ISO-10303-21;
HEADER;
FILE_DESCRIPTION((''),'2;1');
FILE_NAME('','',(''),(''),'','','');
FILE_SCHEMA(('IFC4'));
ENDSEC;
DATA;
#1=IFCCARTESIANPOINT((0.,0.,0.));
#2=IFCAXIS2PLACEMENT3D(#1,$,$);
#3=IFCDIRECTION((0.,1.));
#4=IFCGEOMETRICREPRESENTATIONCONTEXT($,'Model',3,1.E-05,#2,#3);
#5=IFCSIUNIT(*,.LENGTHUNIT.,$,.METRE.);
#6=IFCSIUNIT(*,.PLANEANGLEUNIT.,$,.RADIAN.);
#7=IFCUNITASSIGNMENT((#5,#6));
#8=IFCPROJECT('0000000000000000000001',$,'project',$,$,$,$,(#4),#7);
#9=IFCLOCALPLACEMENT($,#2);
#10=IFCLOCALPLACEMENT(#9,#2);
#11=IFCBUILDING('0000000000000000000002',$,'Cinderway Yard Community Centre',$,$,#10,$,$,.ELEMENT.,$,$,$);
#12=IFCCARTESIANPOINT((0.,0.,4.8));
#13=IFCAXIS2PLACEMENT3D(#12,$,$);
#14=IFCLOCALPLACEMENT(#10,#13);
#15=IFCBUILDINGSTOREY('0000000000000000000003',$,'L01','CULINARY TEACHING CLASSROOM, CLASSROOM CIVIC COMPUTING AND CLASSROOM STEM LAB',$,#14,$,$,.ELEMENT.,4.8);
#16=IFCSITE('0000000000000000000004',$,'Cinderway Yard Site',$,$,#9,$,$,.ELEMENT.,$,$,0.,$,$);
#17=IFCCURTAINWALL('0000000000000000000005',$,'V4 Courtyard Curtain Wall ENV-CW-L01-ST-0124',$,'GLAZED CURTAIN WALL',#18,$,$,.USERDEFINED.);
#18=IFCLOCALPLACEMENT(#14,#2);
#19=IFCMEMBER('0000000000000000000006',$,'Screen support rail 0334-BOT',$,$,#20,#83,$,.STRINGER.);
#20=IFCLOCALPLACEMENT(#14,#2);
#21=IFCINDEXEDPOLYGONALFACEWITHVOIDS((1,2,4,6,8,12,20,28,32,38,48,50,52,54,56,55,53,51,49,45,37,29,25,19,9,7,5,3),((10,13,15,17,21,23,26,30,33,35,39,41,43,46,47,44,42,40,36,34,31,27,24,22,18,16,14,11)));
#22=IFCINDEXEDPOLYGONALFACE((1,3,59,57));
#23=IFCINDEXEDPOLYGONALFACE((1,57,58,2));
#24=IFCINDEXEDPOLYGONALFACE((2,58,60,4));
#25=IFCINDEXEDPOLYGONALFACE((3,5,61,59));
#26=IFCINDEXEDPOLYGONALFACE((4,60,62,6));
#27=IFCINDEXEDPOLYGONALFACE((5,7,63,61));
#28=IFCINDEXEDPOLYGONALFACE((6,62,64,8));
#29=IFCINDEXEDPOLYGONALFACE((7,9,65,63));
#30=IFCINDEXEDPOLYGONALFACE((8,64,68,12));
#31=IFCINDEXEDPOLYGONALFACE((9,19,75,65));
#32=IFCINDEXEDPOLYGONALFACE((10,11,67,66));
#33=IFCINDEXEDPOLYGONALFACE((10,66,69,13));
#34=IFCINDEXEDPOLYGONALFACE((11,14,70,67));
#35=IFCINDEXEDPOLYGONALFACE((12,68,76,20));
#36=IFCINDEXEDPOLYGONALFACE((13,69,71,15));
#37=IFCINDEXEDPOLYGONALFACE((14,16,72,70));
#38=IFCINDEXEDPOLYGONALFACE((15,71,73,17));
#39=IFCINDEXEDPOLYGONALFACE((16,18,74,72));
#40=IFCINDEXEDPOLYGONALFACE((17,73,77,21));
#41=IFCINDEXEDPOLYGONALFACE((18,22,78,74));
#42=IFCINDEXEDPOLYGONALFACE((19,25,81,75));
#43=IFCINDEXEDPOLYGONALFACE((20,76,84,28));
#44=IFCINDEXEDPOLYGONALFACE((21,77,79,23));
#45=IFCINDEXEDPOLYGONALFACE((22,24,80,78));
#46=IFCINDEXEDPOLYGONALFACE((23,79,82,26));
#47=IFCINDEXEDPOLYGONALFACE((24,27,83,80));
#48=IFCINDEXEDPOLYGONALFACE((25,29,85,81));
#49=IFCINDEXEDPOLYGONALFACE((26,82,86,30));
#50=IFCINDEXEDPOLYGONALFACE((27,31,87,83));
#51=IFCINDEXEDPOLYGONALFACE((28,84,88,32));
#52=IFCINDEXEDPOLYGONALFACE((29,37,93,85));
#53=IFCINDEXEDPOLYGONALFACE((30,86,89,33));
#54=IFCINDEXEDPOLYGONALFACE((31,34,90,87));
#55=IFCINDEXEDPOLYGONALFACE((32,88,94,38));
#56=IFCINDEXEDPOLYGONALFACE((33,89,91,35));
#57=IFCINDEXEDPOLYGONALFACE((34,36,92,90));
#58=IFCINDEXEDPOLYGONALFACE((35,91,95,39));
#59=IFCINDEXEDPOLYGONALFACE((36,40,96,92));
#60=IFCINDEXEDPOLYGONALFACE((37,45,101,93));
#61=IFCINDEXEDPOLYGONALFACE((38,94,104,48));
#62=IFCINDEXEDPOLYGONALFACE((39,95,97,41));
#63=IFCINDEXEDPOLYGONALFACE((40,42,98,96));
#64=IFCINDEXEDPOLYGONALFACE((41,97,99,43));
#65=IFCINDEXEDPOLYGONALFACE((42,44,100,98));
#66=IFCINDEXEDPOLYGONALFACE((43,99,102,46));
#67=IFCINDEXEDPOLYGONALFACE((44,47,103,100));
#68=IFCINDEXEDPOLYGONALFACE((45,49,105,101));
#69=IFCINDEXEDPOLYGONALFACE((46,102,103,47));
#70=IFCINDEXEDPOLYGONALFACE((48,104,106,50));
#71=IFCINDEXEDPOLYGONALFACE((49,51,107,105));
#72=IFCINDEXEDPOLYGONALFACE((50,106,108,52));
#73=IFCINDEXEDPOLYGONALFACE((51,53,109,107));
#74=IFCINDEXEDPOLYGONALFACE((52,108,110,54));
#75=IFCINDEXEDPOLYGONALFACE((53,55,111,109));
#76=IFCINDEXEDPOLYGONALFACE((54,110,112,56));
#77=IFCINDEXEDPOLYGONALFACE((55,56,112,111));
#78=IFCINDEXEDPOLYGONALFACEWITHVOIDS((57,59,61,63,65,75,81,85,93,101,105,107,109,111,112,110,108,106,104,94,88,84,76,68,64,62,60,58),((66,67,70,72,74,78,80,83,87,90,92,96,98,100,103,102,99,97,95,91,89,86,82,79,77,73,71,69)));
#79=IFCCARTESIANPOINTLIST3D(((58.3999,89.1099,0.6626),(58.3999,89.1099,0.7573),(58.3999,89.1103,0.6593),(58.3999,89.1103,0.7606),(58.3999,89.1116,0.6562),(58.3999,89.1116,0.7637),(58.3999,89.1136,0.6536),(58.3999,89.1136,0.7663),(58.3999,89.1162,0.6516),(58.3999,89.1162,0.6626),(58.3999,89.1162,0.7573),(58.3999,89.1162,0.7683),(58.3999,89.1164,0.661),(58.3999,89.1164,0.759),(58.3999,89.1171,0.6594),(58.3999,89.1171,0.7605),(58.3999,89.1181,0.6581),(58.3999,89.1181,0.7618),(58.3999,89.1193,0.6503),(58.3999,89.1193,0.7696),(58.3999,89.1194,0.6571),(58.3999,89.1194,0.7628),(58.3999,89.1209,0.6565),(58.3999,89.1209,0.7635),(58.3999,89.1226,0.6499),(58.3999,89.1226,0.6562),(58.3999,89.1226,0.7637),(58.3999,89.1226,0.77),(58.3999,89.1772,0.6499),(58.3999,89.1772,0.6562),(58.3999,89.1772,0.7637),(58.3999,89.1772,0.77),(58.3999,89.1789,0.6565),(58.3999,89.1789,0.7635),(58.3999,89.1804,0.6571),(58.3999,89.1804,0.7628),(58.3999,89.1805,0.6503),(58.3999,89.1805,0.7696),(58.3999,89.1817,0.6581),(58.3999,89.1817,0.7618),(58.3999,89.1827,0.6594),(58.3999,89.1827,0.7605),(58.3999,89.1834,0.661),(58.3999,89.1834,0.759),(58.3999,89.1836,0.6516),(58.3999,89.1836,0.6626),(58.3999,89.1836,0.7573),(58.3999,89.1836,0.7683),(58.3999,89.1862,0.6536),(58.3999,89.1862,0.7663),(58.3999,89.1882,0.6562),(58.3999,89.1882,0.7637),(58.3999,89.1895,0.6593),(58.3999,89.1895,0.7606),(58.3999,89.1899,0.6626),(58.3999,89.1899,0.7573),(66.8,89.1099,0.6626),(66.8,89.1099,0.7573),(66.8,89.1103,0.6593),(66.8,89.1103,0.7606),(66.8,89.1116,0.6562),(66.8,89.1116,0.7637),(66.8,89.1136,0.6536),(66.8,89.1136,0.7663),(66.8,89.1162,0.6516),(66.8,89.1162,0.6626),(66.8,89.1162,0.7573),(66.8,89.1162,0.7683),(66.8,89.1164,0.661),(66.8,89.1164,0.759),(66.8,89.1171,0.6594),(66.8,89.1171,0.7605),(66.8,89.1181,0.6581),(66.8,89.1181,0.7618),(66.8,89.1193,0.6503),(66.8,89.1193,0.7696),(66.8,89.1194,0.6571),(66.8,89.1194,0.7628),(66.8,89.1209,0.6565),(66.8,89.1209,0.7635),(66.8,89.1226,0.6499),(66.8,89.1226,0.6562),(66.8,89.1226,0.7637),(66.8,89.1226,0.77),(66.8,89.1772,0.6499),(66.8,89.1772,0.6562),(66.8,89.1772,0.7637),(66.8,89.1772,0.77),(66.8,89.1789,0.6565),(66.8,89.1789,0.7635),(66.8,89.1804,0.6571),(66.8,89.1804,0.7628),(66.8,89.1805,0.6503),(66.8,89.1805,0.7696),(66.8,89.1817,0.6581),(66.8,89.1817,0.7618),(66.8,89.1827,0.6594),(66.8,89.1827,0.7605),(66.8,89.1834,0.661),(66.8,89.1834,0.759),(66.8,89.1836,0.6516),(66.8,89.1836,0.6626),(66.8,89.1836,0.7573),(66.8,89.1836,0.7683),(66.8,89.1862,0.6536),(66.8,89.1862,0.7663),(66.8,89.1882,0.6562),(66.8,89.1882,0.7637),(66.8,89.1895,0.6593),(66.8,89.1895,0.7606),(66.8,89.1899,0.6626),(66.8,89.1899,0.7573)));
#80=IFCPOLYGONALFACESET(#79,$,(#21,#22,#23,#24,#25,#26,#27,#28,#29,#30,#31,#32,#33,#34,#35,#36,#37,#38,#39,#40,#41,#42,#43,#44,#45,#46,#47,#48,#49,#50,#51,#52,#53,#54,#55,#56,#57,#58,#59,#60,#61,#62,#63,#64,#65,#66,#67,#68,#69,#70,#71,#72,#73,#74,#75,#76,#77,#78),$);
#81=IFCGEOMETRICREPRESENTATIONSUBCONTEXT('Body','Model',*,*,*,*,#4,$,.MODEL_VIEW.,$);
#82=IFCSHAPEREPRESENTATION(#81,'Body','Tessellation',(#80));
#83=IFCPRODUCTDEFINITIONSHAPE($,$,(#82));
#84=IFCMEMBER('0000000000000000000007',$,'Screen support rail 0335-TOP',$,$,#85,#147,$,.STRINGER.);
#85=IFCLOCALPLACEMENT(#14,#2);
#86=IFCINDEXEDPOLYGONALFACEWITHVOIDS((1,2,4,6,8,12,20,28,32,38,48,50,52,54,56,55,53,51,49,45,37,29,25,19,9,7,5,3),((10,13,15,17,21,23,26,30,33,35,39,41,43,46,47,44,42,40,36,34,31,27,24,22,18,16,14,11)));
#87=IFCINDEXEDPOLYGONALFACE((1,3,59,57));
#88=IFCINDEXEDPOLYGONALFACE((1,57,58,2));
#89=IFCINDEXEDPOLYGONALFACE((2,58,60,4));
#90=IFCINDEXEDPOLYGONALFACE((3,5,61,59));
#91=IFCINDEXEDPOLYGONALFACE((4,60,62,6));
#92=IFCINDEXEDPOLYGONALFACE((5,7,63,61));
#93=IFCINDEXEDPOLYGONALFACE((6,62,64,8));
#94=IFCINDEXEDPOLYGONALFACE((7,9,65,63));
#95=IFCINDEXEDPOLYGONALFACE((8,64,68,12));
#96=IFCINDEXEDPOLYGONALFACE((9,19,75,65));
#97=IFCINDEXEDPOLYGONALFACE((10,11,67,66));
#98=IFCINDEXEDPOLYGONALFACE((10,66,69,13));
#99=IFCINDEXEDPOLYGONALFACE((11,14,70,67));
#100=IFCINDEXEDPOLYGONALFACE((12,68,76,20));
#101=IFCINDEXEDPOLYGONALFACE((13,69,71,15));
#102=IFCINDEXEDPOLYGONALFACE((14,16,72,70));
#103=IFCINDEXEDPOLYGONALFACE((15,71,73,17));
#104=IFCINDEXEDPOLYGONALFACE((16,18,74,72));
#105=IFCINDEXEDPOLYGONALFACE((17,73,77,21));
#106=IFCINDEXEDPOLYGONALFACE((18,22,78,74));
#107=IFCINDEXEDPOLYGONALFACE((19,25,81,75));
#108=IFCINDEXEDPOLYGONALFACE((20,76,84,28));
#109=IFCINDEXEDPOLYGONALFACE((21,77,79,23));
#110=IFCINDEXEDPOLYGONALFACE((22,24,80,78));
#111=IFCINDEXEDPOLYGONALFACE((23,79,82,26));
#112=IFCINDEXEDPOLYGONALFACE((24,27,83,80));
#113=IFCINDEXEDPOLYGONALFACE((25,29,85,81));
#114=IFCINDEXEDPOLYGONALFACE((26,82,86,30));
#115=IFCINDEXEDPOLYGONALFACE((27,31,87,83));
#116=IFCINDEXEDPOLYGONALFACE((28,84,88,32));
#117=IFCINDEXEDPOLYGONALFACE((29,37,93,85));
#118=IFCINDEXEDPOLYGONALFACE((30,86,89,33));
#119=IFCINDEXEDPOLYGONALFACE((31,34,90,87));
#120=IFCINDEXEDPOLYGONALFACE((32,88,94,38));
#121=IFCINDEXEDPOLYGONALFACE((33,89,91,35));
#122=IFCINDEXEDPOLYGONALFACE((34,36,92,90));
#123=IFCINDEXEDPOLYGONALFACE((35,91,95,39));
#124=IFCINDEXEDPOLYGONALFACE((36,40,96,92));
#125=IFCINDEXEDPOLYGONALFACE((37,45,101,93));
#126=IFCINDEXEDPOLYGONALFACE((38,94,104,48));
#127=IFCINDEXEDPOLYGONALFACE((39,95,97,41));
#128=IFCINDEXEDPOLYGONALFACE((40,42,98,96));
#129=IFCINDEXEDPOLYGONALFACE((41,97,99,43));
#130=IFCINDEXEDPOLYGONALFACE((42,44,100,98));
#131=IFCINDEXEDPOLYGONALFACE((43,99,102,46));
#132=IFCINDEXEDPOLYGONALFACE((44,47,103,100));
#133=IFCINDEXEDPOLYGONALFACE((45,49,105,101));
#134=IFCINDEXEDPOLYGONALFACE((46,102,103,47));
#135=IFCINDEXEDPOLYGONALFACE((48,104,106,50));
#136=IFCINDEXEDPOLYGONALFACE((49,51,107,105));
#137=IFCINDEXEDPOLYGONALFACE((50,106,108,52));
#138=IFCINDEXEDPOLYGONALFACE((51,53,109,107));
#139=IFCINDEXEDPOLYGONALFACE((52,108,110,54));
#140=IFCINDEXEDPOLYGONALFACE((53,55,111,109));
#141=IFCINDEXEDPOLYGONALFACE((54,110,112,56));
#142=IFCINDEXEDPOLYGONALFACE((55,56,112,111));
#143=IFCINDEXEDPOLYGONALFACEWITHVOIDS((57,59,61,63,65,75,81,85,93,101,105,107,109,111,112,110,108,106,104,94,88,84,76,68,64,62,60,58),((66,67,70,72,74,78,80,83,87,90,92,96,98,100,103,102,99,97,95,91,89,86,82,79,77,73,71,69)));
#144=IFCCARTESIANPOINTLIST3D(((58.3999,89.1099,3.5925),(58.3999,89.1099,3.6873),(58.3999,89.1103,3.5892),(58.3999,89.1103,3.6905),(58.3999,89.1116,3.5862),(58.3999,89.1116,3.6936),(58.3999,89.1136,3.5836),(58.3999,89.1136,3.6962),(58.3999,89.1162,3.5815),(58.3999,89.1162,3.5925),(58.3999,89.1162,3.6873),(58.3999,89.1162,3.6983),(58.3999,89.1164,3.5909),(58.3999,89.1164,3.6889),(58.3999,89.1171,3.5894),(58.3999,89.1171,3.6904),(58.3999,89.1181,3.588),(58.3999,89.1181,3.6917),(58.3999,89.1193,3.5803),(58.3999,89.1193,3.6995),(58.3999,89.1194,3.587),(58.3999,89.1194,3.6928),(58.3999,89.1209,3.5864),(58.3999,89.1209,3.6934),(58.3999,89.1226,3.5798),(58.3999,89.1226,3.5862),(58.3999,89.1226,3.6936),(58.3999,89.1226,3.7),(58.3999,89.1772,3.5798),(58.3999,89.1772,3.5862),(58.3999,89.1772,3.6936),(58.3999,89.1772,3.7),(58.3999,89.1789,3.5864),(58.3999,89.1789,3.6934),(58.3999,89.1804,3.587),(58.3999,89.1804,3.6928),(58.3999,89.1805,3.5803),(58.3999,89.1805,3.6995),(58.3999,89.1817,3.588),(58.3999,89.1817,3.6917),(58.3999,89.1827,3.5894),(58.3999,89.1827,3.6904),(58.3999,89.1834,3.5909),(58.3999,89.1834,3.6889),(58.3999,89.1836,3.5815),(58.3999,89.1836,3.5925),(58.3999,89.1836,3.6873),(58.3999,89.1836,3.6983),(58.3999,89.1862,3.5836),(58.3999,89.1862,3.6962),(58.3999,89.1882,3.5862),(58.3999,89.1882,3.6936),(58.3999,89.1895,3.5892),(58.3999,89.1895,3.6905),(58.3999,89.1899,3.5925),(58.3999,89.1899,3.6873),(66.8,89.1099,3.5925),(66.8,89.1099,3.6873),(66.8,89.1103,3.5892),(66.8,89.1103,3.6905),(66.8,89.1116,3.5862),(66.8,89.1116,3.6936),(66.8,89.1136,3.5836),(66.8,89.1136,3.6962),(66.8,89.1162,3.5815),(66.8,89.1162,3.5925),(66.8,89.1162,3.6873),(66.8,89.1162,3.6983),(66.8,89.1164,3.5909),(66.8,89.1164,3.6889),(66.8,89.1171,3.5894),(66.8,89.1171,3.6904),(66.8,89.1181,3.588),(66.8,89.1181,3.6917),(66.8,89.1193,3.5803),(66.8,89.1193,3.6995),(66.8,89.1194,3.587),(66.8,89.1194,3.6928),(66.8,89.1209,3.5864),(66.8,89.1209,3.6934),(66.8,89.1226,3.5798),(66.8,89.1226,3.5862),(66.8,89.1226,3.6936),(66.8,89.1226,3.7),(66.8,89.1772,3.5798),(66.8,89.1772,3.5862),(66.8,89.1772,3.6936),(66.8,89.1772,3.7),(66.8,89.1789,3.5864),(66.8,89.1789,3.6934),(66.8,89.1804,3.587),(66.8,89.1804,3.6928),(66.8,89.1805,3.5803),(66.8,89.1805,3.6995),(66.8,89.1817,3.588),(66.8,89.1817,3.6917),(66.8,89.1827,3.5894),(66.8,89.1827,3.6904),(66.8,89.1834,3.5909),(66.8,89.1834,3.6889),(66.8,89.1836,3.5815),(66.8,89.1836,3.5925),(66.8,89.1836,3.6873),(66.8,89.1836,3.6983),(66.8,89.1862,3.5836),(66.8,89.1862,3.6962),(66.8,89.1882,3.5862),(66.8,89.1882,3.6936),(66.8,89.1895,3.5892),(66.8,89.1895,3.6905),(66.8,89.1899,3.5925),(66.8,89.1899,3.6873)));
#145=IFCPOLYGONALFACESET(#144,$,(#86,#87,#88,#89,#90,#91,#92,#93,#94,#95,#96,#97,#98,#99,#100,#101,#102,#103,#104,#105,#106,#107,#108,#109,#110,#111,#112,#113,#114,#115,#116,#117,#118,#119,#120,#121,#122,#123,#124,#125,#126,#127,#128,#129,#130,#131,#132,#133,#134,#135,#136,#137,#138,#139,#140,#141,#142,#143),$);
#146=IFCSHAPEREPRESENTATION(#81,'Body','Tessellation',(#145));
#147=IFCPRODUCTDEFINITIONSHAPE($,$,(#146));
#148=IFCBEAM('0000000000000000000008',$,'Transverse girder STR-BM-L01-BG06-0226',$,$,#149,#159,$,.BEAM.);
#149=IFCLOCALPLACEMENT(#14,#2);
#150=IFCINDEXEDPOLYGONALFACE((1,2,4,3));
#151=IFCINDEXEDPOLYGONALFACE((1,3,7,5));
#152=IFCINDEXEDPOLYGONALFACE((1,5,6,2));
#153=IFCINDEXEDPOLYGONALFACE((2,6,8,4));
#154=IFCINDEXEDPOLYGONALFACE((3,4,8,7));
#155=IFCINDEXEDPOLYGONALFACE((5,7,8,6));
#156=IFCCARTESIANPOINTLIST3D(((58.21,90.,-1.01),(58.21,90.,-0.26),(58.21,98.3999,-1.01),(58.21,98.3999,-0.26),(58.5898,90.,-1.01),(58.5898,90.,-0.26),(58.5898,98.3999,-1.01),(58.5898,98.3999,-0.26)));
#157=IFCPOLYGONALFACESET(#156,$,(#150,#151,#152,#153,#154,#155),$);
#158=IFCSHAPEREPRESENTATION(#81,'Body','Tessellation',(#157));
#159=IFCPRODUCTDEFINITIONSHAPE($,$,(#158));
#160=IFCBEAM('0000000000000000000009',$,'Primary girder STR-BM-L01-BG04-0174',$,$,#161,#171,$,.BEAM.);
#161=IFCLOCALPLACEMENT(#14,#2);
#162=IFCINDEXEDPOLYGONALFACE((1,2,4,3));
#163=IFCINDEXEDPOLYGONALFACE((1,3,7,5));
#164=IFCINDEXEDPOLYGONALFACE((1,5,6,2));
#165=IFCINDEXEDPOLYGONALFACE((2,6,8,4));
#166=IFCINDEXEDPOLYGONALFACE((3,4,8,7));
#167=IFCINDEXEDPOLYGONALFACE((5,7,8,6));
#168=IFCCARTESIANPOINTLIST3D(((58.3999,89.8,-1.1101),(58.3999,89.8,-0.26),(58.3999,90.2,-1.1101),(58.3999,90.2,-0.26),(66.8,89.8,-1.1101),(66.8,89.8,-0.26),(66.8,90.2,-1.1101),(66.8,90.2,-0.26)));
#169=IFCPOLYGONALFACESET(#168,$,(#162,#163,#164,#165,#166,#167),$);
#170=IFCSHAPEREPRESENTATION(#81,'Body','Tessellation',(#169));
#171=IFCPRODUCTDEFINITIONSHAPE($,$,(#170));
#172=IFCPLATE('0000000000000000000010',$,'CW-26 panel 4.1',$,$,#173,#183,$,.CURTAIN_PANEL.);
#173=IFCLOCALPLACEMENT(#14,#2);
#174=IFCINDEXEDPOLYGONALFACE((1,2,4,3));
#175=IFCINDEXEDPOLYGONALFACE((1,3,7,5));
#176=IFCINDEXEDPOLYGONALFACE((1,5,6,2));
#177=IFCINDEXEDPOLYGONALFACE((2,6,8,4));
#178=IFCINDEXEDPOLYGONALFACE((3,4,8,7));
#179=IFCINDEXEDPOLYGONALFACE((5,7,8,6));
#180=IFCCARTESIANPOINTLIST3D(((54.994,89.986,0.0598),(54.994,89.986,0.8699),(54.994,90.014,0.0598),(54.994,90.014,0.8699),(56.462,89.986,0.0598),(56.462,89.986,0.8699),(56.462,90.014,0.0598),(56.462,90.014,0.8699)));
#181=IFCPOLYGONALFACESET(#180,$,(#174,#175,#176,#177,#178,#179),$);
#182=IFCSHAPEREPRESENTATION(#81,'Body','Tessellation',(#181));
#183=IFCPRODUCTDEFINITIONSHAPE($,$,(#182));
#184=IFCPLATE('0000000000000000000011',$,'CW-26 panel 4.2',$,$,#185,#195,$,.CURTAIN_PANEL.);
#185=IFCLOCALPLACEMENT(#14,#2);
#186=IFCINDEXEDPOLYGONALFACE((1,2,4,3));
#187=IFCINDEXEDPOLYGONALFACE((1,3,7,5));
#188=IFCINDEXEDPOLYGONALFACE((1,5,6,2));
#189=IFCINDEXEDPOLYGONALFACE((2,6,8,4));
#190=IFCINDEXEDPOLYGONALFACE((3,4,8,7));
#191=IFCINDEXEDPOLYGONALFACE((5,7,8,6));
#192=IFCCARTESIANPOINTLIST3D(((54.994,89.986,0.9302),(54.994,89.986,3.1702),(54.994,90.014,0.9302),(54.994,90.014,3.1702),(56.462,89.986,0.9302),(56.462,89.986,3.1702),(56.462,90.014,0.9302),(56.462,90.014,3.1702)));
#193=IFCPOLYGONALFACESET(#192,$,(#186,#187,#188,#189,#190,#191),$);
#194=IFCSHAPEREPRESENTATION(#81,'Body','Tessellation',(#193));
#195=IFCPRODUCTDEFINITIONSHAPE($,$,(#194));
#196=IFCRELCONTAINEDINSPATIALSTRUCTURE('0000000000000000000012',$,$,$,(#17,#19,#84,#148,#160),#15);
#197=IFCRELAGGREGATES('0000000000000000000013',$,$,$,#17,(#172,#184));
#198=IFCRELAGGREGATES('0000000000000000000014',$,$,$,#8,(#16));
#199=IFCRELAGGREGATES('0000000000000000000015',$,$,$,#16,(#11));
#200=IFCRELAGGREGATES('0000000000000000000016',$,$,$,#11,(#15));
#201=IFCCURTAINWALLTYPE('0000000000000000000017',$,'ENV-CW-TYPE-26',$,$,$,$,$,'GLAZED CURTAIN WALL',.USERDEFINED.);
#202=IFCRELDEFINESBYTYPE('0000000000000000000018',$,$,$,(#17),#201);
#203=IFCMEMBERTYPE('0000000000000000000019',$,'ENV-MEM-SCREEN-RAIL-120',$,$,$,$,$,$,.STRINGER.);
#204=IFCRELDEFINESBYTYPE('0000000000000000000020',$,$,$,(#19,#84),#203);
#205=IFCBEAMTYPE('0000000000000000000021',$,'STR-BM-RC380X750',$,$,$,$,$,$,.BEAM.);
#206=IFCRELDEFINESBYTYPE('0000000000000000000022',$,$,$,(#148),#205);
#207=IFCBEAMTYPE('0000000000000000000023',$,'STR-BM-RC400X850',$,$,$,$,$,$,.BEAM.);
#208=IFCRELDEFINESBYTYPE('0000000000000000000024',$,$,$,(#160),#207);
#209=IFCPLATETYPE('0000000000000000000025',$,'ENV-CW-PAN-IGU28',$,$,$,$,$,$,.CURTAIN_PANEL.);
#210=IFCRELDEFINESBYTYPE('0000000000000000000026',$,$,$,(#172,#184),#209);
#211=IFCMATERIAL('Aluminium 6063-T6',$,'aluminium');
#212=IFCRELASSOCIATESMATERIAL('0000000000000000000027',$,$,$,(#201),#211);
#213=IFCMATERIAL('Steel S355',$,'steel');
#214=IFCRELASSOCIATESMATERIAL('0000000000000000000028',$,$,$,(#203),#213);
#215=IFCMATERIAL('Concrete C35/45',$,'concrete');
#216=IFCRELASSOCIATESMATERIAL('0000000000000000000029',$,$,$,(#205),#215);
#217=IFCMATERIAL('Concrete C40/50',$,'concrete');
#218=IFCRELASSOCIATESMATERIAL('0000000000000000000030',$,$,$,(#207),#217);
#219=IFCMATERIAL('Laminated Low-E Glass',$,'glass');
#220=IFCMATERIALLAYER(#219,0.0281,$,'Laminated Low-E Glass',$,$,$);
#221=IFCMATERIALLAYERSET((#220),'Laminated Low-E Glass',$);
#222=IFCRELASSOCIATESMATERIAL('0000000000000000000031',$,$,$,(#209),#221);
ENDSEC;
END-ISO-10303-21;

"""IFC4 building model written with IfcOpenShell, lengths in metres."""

from ifc_helpers import new_model, si_unit, direction, frame, origin, origin_2d, place, context, subcontext, project, spatial, rectangle, hollow_rectangle, extrude, material, layer, layer_set, material_profile, profile_set, type_object, element, aggregate, save


model = new_model("IFC4")

# Units and contexts
model_context = context("Model", 3, precision=1e-05, world=origin(), true_north=direction((0.0, 1.0)))
body_context = subcontext(model_context, "Body", "Model", "MODEL_VIEW")
ifc_project = project(units=[si_unit("LENGTHUNIT", "METRE"), si_unit("PLANEANGLEUNIT", "RADIAN")], contexts=[model_context])

# Site, building, storey
site_placement = place(None, origin())
site = spatial("IfcSite", under=ifc_project, at=site_placement, Name="Cinderway Yard Site", CompositionType="ELEMENT", RefElevation=0.0)
building_placement = place(site_placement, origin())
building = spatial("IfcBuilding", under=site, at=building_placement, Name="Cinderway Yard Community Centre", CompositionType="ELEMENT")
storey_placement = place(building_placement, frame((0.0, 0.0, 4.8)))
storey = spatial("IfcBuildingStorey", under=building, at=storey_placement, Name="L01", Description="CULINARY TEACHING CLASSROOM, CLASSROOM CIVIC COMPUTING AND CLASSROOM STEM LAB", CompositionType="ELEMENT", Elevation=4.8)

# Shared definitions
ifc_material_1 = material(Name="Concrete C40/50", Category="concrete")

# Curtain wall
ifc_material_2 = material(Name="Aluminium 6063-T6", Category="aluminium")
curtain_wall_type = type_object("IfcCurtainWallType", Name="ENV-CW-TYPE-26", ElementType="GLAZED CURTAIN WALL", PredefinedType="USERDEFINED", material=ifc_material_2)
curtain_wall_placement = place(storey_placement, origin())
curtain_wall = element("IfcCurtainWall", 1, at=curtain_wall_placement, inside=storey, type_object=curtain_wall_type, Name="V4 Courtyard Curtain Wall ENV-CW-L01-ST-0124", ObjectType="GLAZED CURTAIN WALL", PredefinedType="USERDEFINED")

# Members
ifc_material_3 = material(Name="Steel S355", Category="steel")
ifc_material_profile_1 = material_profile(ifc_material_3, hollow_rectangle(XDim=0.0801, YDim=0.1201, WallThickness=0.0063, InnerFilletRadius=0.0063, OuterFilletRadius=0.0127, at=origin_2d()), Name="Steel S355")
ifc_profile_set_1 = profile_set([ifc_material_profile_1], Name="Steel S355")
member_type_1 = type_object("IfcMemberType", Name="ENV-MEM-SCREEN-RAIL-120", PredefinedType="STRINGER", material=ifc_profile_set_1)
for number, where, z_axis, x_axis, name in (
    (2, (58.3999, 89.1499, 0.71), (1.0, 0.0, 0.0), (0.0, 1.0, 0.0), "Screen support rail 0334-BOT"),
    (3, (58.3999, 89.1499, 3.6399), (1.0, 0.0, 0.0), (0.0, 1.0, 0.0), "Screen support rail 0335-TOP"),
):
    element("IfcMember", number, at=place(storey_placement, frame(where, z_axis=z_axis, x_axis=x_axis)), inside=storey, type_object=member_type_1, Name=name, PredefinedType="STRINGER", context=body_context, shape_type="SweptSolid", body=[
        extrude(hollow_rectangle(XDim=0.0801, YDim=0.1201, WallThickness=0.0063, InnerFilletRadius=0.0063, OuterFilletRadius=0.0127, at=origin_2d()), origin(), (0.0, 0.0, 1.0), 8.4001),
    ])

# Beams
ifc_material_4 = material(Name="Concrete C35/45", Category="concrete")
ifc_material_profile_2 = material_profile(ifc_material_4, rectangle(XDim=0.3799, YDim=0.75, at=origin_2d()), Name="Concrete C35/45")
ifc_profile_set_2 = profile_set([ifc_material_profile_2], Name="Concrete C35/45")
beam_type_1 = type_object("IfcBeamType", Name="STR-BM-RC380X750", PredefinedType="BEAM", material=ifc_profile_set_2)
beam_1_placement = place(storey_placement, frame((58.3999, 90.0, -0.635), z_axis=(0.0, 1.0, 0.0), x_axis=(-1.0, 0.0, 0.0)))
element("IfcBeam", 4, at=beam_1_placement, inside=storey, type_object=beam_type_1, Name="Transverse girder STR-BM-L01-BG06-0226", PredefinedType="BEAM", context=body_context, shape_type="SweptSolid", body=[
    extrude(rectangle(XDim=0.3799, YDim=0.75, at=origin_2d()), origin(), (0.0, 0.0, 1.0), 8.3999),
])
ifc_material_profile_3 = material_profile(ifc_material_1, rectangle(XDim=0.3999, YDim=0.8501, at=origin_2d()), Name="Concrete C40/50")
ifc_profile_set_3 = profile_set([ifc_material_profile_3], Name="Concrete C40/50")
beam_type_2 = type_object("IfcBeamType", Name="STR-BM-RC400X850", PredefinedType="BEAM", material=ifc_profile_set_3)
beam_2_placement = place(storey_placement, frame((58.3999, 90.0, -0.6851), z_axis=(1.0, 0.0, 0.0), x_axis=(0.0, 1.0, 0.0)))
element("IfcBeam", 5, at=beam_2_placement, inside=storey, type_object=beam_type_2, Name="Primary girder STR-BM-L01-BG04-0174", PredefinedType="BEAM", context=body_context, shape_type="SweptSolid", body=[
    extrude(rectangle(XDim=0.3999, YDim=0.8501, at=origin_2d()), origin(), (0.0, 0.0, 1.0), 8.4001),
])

# Plates
ifc_material_5 = material(Name="Laminated Low-E Glass", Category="glass")
ifc_layer_1 = layer(ifc_material_5, 0.0281, Name="Laminated Low-E Glass")
ifc_layer_set_1 = layer_set([ifc_layer_1], Name="Laminated Low-E Glass")
plate_type = type_object("IfcPlateType", Name="ENV-CW-PAN-IGU28", PredefinedType="CURTAIN_PANEL", material=ifc_layer_set_1)
plate_1_placement = place(storey_placement, frame((55.728, 90.0, 0.0598), z_axis=(0.0, 0.0, 1.0), x_axis=(1.0, 0.0, 0.0)))
plate_1 = element("IfcPlate", 6, at=plate_1_placement, type_object=plate_type, Name="CW-26 panel 4.1", PredefinedType="CURTAIN_PANEL", context=body_context, shape_type="SweptSolid", body=[
    extrude(rectangle(XDim=1.468, YDim=0.0281, at=origin_2d()), origin(), (0.0, 0.0, 1.0), 0.8101),
])
plate_2_placement = place(storey_placement, frame((55.728, 90.0, 0.9302), z_axis=(0.0, 0.0, 1.0), x_axis=(1.0, 0.0, 0.0)))
plate_2 = element("IfcPlate", 7, at=plate_2_placement, type_object=plate_type, Name="CW-26 panel 4.2", PredefinedType="CURTAIN_PANEL", context=body_context, shape_type="SweptSolid", body=[
    extrude(rectangle(XDim=1.468, YDim=0.0281, at=origin_2d()), origin(), (0.0, 0.0, 1.0), 2.24),
])
aggregate(curtain_wall, [plate_1, plate_2])

save(model, "model.ifc")
